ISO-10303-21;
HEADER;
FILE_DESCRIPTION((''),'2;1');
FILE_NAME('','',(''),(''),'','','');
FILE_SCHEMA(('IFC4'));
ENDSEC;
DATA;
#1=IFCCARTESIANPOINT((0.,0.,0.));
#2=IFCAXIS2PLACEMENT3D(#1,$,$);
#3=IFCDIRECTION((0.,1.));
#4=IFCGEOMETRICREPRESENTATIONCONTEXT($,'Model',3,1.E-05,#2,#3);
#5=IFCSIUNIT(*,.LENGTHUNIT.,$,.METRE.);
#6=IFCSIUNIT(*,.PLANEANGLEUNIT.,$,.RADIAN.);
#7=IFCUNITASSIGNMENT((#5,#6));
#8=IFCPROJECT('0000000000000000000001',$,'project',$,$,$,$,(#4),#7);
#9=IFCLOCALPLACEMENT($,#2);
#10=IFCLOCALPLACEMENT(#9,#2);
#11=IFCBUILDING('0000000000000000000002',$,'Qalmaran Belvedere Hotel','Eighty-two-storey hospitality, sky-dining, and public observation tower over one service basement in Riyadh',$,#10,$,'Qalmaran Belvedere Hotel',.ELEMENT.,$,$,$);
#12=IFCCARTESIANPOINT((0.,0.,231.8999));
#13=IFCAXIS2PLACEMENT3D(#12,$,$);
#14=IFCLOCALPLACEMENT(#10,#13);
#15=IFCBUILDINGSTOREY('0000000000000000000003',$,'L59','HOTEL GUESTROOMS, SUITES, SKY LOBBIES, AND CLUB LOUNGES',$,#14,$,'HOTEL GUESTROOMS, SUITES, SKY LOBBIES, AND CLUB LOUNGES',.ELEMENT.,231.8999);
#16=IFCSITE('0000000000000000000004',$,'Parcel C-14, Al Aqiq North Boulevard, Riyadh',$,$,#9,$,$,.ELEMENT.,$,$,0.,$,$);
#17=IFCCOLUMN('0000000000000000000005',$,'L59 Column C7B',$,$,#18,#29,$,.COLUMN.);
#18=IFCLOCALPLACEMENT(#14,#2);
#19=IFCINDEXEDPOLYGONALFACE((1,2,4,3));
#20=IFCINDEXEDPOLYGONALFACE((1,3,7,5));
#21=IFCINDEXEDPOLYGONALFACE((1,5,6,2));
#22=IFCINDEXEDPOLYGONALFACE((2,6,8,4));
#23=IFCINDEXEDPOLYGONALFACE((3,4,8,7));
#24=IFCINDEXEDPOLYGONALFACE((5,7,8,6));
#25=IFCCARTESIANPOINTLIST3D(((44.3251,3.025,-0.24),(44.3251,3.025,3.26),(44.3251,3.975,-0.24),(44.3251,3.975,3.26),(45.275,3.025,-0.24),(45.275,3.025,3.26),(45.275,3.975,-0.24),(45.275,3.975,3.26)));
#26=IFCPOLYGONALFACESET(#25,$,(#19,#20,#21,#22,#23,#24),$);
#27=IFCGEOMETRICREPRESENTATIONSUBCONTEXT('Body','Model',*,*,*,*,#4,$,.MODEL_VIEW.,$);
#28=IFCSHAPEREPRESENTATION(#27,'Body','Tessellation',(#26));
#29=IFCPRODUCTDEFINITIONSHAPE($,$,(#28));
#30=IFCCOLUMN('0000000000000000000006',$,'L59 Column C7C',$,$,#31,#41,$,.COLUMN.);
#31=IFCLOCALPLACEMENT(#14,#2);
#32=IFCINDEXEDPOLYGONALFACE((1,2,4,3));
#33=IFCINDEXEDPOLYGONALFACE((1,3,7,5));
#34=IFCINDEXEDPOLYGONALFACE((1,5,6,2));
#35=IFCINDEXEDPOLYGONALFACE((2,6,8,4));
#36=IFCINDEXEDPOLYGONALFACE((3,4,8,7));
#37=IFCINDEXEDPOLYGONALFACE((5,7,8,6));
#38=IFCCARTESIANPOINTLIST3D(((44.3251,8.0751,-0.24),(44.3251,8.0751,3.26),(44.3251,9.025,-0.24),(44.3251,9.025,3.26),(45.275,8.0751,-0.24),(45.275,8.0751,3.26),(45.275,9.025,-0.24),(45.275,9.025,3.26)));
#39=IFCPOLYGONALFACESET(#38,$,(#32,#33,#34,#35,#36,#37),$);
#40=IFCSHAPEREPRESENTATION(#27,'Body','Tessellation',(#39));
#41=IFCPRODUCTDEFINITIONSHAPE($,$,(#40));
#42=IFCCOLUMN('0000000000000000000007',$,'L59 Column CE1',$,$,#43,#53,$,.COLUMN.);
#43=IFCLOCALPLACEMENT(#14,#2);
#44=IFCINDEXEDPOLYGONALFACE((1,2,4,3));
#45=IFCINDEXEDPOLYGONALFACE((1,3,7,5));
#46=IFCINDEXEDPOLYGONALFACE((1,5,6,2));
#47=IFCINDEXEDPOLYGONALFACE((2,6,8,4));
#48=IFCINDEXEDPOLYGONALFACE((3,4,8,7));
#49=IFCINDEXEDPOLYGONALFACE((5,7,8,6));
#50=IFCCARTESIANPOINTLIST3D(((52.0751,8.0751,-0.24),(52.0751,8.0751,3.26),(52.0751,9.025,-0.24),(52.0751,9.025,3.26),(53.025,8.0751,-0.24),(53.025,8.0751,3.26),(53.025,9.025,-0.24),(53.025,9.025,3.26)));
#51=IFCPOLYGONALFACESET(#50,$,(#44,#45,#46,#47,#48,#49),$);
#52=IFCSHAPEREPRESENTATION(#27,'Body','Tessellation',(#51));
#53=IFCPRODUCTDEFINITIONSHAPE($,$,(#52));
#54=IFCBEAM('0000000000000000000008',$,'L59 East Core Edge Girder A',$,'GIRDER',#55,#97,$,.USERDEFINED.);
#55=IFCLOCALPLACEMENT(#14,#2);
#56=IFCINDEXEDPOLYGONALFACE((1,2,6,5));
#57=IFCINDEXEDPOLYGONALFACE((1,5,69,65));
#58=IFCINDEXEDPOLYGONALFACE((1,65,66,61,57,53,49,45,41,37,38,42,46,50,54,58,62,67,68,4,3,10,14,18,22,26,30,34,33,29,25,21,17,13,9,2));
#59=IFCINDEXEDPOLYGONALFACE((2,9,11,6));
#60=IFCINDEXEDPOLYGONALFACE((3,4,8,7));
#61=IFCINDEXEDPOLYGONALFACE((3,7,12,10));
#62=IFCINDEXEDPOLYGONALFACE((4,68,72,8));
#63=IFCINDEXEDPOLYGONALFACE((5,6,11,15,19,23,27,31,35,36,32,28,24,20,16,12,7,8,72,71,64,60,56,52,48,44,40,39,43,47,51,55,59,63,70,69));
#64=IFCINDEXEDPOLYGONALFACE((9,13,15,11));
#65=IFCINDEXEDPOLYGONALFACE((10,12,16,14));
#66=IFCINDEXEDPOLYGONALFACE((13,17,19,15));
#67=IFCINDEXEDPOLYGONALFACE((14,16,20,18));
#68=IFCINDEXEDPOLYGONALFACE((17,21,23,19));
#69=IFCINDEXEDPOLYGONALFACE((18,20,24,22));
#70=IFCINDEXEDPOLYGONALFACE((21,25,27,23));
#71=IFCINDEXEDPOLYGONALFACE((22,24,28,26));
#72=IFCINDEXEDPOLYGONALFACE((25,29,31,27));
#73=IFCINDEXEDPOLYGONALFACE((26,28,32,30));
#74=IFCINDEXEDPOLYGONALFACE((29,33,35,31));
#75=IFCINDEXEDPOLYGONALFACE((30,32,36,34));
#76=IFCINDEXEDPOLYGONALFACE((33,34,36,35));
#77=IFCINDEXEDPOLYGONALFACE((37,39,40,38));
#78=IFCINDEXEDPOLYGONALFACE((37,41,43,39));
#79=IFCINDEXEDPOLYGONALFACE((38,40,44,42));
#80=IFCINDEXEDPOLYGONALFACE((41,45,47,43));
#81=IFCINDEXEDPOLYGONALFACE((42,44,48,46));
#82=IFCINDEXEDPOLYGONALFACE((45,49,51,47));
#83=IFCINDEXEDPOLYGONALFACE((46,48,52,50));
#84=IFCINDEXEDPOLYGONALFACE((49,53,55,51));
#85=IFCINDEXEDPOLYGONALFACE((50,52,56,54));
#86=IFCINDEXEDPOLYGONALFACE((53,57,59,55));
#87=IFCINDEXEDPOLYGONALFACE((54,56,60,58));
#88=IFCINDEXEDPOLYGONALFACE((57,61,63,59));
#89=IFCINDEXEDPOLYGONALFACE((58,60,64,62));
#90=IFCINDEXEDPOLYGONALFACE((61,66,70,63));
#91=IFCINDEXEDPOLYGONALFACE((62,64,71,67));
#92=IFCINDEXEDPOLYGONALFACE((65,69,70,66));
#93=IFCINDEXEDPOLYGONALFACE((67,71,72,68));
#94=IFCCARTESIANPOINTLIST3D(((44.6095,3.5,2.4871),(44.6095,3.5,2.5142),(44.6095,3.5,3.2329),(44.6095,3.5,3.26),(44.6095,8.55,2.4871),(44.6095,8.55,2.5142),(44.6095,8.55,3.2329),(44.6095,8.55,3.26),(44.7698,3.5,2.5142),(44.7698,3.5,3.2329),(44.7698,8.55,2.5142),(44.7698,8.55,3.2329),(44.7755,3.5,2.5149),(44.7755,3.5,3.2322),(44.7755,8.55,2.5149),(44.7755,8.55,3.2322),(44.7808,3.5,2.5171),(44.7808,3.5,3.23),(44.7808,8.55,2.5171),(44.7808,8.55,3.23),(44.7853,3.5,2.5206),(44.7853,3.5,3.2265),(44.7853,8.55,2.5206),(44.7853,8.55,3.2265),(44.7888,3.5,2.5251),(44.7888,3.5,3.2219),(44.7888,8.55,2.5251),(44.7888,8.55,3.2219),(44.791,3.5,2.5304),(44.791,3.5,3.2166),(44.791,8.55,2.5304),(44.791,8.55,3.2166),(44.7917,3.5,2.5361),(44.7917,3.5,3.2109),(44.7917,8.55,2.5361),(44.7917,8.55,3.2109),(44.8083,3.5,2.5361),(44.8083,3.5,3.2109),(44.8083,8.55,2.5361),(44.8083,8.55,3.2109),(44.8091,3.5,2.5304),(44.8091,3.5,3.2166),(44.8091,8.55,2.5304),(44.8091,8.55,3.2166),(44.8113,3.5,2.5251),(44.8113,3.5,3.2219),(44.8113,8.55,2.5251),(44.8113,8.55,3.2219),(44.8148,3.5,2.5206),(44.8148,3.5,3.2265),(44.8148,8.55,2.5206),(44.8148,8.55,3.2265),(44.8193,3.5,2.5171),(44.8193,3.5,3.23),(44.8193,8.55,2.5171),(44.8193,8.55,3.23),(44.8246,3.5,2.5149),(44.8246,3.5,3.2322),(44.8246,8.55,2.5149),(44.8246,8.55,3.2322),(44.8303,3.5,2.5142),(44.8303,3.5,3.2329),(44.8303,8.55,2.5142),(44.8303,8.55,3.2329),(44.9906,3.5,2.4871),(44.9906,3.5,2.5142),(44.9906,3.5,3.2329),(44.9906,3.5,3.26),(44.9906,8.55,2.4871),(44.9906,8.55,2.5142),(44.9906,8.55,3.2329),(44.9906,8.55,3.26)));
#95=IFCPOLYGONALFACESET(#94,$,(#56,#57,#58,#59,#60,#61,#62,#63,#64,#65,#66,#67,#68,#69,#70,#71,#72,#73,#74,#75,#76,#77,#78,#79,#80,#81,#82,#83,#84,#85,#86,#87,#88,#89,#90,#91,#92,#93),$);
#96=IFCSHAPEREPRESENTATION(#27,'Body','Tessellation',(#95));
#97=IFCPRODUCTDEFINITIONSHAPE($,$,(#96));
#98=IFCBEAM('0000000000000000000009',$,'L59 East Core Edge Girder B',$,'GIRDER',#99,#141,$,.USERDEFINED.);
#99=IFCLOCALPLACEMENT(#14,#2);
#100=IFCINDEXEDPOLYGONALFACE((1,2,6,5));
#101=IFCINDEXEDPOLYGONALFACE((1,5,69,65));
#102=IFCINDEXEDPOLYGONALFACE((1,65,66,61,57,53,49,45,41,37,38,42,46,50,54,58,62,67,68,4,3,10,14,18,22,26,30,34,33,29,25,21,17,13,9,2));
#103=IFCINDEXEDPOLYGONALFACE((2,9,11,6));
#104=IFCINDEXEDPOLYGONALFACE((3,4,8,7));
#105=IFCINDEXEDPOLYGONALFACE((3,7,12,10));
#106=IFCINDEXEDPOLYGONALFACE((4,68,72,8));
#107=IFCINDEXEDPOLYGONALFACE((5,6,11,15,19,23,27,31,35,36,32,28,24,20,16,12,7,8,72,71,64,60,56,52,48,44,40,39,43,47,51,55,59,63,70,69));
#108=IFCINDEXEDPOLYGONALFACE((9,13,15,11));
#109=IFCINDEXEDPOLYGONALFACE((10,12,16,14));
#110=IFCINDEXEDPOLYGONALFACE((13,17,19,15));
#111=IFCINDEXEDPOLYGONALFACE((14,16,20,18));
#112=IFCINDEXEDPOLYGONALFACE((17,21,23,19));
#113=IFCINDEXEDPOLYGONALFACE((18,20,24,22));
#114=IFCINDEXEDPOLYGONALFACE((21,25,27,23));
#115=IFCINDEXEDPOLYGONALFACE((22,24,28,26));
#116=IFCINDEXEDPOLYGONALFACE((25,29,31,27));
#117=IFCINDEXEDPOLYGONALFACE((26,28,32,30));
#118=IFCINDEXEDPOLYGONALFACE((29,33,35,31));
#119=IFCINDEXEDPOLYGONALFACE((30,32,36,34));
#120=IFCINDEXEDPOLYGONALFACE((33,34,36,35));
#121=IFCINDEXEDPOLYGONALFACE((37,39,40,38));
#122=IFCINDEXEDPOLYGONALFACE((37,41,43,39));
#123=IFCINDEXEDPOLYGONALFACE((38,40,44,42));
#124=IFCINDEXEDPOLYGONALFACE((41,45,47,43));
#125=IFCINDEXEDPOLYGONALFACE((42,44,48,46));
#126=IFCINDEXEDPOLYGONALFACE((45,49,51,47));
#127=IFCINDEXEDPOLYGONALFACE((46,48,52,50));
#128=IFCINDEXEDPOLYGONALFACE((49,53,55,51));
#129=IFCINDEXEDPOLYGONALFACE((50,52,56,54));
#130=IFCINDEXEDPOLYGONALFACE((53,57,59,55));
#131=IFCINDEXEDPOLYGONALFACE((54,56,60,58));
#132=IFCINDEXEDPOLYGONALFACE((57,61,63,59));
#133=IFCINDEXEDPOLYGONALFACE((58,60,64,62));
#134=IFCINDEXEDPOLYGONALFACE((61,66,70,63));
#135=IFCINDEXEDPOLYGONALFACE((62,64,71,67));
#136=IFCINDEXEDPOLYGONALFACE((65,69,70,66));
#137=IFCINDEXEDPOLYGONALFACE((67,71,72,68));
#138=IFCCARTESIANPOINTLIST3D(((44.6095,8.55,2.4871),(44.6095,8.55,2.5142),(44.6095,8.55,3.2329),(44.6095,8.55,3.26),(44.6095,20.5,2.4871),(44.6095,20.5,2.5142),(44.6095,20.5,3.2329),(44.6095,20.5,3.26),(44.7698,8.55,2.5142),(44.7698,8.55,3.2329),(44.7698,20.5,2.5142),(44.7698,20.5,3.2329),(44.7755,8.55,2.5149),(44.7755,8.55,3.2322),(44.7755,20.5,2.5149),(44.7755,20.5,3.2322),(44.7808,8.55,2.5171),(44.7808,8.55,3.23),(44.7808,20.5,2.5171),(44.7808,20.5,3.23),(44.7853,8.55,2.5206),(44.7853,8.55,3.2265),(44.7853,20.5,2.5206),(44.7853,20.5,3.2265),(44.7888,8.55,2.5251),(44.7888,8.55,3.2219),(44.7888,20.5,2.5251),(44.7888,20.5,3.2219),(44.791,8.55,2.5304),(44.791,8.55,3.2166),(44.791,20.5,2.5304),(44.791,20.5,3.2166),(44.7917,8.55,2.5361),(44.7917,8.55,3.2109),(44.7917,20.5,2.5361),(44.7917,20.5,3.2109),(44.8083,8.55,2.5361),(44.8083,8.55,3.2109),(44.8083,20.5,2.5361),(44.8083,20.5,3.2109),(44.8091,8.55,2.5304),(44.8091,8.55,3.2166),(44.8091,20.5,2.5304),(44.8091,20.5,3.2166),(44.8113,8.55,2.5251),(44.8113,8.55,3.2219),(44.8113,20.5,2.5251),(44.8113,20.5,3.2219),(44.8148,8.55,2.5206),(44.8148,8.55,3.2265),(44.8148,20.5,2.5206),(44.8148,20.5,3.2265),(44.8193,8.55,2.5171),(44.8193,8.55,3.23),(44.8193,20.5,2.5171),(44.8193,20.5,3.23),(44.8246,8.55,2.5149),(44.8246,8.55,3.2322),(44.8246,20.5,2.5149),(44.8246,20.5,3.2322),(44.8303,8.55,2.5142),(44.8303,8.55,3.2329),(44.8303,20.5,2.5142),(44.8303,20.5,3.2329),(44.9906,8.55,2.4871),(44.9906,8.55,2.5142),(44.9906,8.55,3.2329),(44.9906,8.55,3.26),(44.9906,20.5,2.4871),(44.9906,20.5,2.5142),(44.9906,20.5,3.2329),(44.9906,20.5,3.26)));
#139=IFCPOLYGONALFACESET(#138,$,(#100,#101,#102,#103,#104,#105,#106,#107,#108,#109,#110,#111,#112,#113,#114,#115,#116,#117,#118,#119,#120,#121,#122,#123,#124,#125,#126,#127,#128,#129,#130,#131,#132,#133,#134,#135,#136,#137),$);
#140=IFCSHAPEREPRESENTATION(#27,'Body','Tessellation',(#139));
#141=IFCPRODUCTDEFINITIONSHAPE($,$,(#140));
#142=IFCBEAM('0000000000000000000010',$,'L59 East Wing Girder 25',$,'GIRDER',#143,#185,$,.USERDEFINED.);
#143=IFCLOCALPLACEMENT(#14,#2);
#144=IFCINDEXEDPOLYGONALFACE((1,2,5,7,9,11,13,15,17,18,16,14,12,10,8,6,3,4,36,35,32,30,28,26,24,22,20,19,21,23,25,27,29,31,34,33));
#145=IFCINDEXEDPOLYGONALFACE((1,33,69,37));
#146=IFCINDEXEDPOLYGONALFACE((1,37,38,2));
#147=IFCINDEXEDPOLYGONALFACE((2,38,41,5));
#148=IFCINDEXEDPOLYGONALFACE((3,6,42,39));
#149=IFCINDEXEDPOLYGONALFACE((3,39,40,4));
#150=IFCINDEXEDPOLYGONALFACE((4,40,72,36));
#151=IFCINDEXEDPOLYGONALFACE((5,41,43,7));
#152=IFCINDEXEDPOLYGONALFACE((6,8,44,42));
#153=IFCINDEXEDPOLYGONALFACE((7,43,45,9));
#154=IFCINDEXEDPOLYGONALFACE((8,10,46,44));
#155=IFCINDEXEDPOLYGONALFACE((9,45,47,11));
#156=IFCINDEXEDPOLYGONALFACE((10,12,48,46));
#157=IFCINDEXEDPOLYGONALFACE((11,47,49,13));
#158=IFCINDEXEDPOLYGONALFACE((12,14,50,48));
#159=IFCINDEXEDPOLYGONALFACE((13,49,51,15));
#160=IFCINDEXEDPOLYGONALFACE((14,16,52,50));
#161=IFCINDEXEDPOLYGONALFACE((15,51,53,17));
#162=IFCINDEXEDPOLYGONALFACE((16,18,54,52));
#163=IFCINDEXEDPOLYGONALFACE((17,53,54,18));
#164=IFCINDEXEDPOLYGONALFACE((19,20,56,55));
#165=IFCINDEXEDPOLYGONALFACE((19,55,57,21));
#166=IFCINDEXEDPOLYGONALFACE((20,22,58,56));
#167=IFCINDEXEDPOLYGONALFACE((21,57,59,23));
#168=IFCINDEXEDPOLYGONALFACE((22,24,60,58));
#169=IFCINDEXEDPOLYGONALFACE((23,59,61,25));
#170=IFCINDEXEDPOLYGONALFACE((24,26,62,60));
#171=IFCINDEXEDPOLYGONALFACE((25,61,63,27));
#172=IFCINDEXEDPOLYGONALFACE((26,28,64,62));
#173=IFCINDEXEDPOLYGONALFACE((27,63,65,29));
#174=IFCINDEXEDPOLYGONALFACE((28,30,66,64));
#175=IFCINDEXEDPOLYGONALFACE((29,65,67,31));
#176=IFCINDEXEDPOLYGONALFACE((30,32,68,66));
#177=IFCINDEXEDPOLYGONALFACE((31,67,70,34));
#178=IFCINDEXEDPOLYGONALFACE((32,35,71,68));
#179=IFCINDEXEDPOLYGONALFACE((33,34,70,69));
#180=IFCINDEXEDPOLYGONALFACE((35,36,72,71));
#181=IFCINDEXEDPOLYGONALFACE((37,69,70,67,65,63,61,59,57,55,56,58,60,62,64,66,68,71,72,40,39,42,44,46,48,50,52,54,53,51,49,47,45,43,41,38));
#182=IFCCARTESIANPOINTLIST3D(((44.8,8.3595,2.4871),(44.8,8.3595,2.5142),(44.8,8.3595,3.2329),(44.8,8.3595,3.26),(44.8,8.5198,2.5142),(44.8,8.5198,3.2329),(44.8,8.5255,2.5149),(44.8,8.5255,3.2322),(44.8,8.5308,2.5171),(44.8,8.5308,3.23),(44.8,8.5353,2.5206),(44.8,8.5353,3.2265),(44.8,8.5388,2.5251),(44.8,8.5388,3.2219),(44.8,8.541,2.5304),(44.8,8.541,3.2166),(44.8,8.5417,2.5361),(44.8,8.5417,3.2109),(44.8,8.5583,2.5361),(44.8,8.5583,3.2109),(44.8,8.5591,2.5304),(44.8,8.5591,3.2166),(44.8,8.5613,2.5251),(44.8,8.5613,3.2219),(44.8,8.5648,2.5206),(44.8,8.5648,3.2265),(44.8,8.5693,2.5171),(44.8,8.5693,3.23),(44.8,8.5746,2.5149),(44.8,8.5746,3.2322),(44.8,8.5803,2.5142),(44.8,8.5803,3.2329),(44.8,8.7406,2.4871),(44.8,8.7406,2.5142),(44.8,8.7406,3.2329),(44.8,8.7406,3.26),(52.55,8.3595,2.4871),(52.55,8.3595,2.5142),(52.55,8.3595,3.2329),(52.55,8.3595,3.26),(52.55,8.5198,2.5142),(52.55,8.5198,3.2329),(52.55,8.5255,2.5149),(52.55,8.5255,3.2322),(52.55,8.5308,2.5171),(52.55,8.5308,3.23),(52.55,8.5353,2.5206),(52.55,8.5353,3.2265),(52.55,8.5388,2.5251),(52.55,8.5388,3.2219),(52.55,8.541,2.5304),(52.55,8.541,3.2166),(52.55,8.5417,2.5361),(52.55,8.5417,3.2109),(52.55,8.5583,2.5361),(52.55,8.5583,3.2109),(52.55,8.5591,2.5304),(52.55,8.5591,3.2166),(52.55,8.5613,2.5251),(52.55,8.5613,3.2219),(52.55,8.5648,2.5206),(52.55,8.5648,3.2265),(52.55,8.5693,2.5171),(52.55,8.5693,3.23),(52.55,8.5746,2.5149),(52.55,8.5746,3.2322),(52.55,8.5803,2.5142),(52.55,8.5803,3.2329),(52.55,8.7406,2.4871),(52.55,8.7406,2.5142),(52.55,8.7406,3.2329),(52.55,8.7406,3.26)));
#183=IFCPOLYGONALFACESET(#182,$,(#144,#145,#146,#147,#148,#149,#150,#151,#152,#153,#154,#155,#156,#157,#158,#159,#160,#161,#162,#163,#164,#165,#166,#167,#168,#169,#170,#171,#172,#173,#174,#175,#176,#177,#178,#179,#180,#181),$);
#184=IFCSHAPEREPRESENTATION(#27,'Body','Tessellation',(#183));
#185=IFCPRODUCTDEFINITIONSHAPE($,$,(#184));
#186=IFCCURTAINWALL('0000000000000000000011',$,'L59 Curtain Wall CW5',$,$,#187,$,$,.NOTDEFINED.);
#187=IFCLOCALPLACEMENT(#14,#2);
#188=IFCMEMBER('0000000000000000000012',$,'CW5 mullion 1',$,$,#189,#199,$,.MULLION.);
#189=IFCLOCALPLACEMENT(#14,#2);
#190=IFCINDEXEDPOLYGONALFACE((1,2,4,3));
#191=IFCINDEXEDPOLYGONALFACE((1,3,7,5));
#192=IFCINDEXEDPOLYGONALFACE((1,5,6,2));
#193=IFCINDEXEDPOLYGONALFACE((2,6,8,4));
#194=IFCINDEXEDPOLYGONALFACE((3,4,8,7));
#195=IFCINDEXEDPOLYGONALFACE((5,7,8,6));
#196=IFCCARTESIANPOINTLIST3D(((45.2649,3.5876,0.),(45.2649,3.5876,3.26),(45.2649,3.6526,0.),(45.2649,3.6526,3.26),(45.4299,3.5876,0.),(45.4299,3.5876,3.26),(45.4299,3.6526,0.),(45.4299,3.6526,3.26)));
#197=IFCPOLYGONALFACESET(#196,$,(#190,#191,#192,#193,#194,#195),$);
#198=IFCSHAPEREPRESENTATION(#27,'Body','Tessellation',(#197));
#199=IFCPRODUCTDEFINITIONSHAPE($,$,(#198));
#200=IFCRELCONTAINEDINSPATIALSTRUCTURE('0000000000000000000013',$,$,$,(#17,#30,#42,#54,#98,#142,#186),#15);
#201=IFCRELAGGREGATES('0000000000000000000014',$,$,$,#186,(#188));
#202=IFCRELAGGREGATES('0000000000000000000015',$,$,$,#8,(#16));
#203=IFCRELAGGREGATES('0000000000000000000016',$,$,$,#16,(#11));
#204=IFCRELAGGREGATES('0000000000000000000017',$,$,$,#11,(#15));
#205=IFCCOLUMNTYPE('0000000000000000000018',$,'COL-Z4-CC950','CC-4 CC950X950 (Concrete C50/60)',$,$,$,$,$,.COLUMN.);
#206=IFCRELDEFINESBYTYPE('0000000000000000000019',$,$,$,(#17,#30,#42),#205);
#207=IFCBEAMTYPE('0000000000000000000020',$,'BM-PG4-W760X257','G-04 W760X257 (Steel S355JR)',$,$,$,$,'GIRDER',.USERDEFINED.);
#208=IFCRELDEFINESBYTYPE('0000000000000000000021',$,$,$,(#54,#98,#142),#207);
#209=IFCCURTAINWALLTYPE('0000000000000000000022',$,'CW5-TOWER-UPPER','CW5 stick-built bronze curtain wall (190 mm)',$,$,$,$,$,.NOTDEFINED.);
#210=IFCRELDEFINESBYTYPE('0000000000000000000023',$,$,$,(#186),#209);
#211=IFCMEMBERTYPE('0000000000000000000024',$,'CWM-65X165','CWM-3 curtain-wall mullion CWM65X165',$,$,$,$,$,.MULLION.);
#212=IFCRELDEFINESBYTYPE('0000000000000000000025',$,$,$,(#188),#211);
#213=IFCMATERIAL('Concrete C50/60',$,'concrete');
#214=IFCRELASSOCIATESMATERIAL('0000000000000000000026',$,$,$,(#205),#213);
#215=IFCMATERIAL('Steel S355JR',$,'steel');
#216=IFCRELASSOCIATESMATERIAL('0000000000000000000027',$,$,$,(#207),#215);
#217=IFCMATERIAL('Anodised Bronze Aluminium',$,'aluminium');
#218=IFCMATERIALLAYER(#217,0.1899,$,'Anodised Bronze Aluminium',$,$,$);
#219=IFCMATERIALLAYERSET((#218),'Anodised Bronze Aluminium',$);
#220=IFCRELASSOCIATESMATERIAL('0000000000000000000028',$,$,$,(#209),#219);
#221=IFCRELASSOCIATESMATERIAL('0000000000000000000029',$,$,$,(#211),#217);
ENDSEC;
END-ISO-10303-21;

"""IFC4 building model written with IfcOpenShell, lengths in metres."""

from ifc_helpers import new_model, si_unit, direction, frame, origin, origin_2d, place, context, subcontext, project, spatial, rectangle, i_section, extrude, material, layer, layer_set, material_profile, profile_set, type_object, element, aggregate, save


model = new_model("IFC4")

# Units and contexts
model_context = context("Model", 3, precision=1e-05, world=origin(), true_north=direction((0.0, 1.0)))
body_context = subcontext(model_context, "Body", "Model", "MODEL_VIEW")
ifc_project = project(units=[si_unit("LENGTHUNIT", "METRE"), si_unit("PLANEANGLEUNIT", "RADIAN")], contexts=[model_context])

# Site, building, storey
site_placement = place(None, origin())
site = spatial("IfcSite", under=ifc_project, at=site_placement, Name="Parcel C-14, Al Aqiq North Boulevard, Riyadh", CompositionType="ELEMENT", RefElevation=0.0)
building_placement = place(site_placement, origin())
building = spatial("IfcBuilding", under=site, at=building_placement, Name="Qalmaran Belvedere Hotel", Description="Eighty-two-storey hospitality, sky-dining, and public observation tower over one service basement in Riyadh", LongName="Qalmaran Belvedere Hotel", CompositionType="ELEMENT")
storey_placement = place(building_placement, frame((0.0, 0.0, 231.8999)))
storey = spatial("IfcBuildingStorey", under=building, at=storey_placement, Name="L59", Description="HOTEL GUESTROOMS, SUITES, SKY LOBBIES, AND CLUB LOUNGES", LongName="HOTEL GUESTROOMS, SUITES, SKY LOBBIES, AND CLUB LOUNGES", CompositionType="ELEMENT", Elevation=231.8999)

# Columns
ifc_material_1 = material(Name="Concrete C50/60", Category="concrete")
ifc_material_profile_1 = material_profile(ifc_material_1, rectangle(XDim=0.95, YDim=0.95, at=origin_2d()), Name="CC950X950")
ifc_profile_set_1 = profile_set([ifc_material_profile_1], Name="Concrete C50/60")
column_type = type_object("IfcColumnType", Name="COL-Z4-CC950", Description="CC-4 CC950X950 (Concrete C50/60)", PredefinedType="COLUMN", material=ifc_profile_set_1)
for number, where, z_axis, x_axis, name in (
    (1, (44.8, 3.5, -0.24), (0.0, 0.0, 1.0), (1.0, 0.0, 0.0), "L59 Column C7B"),
    (2, (44.8, 8.55, -0.24), (0.0, 0.0, 1.0), (1.0, 0.0, 0.0), "L59 Column C7C"),
    (3, (52.55, 8.55, -0.24), (0.0, 0.0, 1.0), (1.0, 0.0, 0.0), "L59 Column CE1"),
):
    element("IfcColumn", number, at=place(storey_placement, frame(where, z_axis=z_axis, x_axis=x_axis)), inside=storey, type_object=column_type, Name=name, PredefinedType="COLUMN", context=body_context, shape_type="SweptSolid", body=[
        extrude(rectangle(XDim=0.95, YDim=0.95, at=origin_2d()), origin(), (0.0, 0.0, 1.0), 3.5),
    ])

# Beams
ifc_material_2 = material(Name="Steel S355JR", Category="steel")
ifc_material_profile_2 = material_profile(ifc_material_2, i_section(OverallWidth=0.3811, OverallDepth=0.7729, WebThickness=0.0166, FlangeThickness=0.0271, FilletRadius=0.022, at=origin_2d()), Name="W760X257")
ifc_profile_set_2 = profile_set([ifc_material_profile_2], Name="Steel S355JR")
beam_type = type_object("IfcBeamType", Name="BM-PG4-W760X257", Description="G-04 W760X257 (Steel S355JR)", ElementType="GIRDER", PredefinedType="USERDEFINED", material=ifc_profile_set_2)
beam_1_placement = place(storey_placement, frame((44.8, 3.5, 2.8735), z_axis=(0.0, 1.0, 0.0), x_axis=(-1.0, 0.0, 0.0)))
element("IfcBeam", 4, at=beam_1_placement, inside=storey, type_object=beam_type, Name="L59 East Core Edge Girder A", ObjectType="GIRDER", PredefinedType="USERDEFINED", context=body_context, shape_type="SweptSolid", body=[
    extrude(i_section(OverallWidth=0.3811, OverallDepth=0.7729, WebThickness=0.0166, FlangeThickness=0.0271, FilletRadius=0.022, at=origin_2d()), origin(), (0.0, 0.0, 1.0), 5.05),
])
beam_2_placement = place(storey_placement, frame((44.8, 8.55, 2.8735), z_axis=(0.0, 1.0, 0.0), x_axis=(-1.0, 0.0, 0.0)))
element("IfcBeam", 5, at=beam_2_placement, inside=storey, type_object=beam_type, Name="L59 East Core Edge Girder B", ObjectType="GIRDER", PredefinedType="USERDEFINED", context=body_context, shape_type="SweptSolid", body=[
    extrude(i_section(OverallWidth=0.3811, OverallDepth=0.7729, WebThickness=0.0166, FlangeThickness=0.0271, FilletRadius=0.022, at=origin_2d()), origin(), (0.0, 0.0, 1.0), 11.95),
])
beam_3_placement = place(storey_placement, frame((44.8, 8.55, 2.8735), z_axis=(1.0, 0.0, 0.0), x_axis=(0.0, 1.0, 0.0)))
element("IfcBeam", 6, at=beam_3_placement, inside=storey, type_object=beam_type, Name="L59 East Wing Girder 25", ObjectType="GIRDER", PredefinedType="USERDEFINED", context=body_context, shape_type="SweptSolid", body=[
    extrude(i_section(OverallWidth=0.3811, OverallDepth=0.7729, WebThickness=0.0166, FlangeThickness=0.0271, FilletRadius=0.022, at=origin_2d()), origin(), (0.0, 0.0, 1.0), 7.75),
])

# Curtain wall, member
ifc_material_3 = material(Name="Anodised Bronze Aluminium", Category="aluminium")
ifc_layer_1 = layer(ifc_material_3, 0.1899, Name="Anodised Bronze Aluminium")
ifc_layer_set_1 = layer_set([ifc_layer_1], Name="Anodised Bronze Aluminium")
curtain_wall_type = type_object("IfcCurtainWallType", Name="CW5-TOWER-UPPER", Description="CW5 stick-built bronze curtain wall (190 mm)", PredefinedType="NOTDEFINED", material=ifc_layer_set_1)
curtain_wall_1_placement = place(storey_placement, origin())
curtain_wall_1 = element("IfcCurtainWall", 7, at=curtain_wall_1_placement, inside=storey, type_object=curtain_wall_type, Name="L59 Curtain Wall CW5", PredefinedType="NOTDEFINED")
ifc_material_profile_3 = material_profile(ifc_material_3, rectangle(XDim=0.0649, YDim=0.165, at=origin_2d()), Name="CWM65X165")
ifc_profile_set_3 = profile_set([ifc_material_profile_3], Name="Anodised Bronze Aluminium")
member_type_1 = type_object("IfcMemberType", Name="CWM-65X165", Description="CWM-3 curtain-wall mullion CWM65X165", PredefinedType="MULLION", material=ifc_profile_set_3)
member_1_placement = place(storey_placement, frame((45.3474, 3.6201, 0.0), z_axis=(0.0, 0.0, 1.0), x_axis=(0.0, 1.0, 0.0)))
member_1 = element("IfcMember", 8, at=member_1_placement, type_object=member_type_1, Name="CW5 mullion 1", PredefinedType="MULLION", context=body_context, shape_type="SweptSolid", body=[
    extrude(rectangle(XDim=0.0649, YDim=0.165, at=origin_2d()), origin(), (0.0, 0.0, 1.0), 3.26),
])

aggregate(curtain_wall_1, [member_1])

save(model, "model.ifc")
